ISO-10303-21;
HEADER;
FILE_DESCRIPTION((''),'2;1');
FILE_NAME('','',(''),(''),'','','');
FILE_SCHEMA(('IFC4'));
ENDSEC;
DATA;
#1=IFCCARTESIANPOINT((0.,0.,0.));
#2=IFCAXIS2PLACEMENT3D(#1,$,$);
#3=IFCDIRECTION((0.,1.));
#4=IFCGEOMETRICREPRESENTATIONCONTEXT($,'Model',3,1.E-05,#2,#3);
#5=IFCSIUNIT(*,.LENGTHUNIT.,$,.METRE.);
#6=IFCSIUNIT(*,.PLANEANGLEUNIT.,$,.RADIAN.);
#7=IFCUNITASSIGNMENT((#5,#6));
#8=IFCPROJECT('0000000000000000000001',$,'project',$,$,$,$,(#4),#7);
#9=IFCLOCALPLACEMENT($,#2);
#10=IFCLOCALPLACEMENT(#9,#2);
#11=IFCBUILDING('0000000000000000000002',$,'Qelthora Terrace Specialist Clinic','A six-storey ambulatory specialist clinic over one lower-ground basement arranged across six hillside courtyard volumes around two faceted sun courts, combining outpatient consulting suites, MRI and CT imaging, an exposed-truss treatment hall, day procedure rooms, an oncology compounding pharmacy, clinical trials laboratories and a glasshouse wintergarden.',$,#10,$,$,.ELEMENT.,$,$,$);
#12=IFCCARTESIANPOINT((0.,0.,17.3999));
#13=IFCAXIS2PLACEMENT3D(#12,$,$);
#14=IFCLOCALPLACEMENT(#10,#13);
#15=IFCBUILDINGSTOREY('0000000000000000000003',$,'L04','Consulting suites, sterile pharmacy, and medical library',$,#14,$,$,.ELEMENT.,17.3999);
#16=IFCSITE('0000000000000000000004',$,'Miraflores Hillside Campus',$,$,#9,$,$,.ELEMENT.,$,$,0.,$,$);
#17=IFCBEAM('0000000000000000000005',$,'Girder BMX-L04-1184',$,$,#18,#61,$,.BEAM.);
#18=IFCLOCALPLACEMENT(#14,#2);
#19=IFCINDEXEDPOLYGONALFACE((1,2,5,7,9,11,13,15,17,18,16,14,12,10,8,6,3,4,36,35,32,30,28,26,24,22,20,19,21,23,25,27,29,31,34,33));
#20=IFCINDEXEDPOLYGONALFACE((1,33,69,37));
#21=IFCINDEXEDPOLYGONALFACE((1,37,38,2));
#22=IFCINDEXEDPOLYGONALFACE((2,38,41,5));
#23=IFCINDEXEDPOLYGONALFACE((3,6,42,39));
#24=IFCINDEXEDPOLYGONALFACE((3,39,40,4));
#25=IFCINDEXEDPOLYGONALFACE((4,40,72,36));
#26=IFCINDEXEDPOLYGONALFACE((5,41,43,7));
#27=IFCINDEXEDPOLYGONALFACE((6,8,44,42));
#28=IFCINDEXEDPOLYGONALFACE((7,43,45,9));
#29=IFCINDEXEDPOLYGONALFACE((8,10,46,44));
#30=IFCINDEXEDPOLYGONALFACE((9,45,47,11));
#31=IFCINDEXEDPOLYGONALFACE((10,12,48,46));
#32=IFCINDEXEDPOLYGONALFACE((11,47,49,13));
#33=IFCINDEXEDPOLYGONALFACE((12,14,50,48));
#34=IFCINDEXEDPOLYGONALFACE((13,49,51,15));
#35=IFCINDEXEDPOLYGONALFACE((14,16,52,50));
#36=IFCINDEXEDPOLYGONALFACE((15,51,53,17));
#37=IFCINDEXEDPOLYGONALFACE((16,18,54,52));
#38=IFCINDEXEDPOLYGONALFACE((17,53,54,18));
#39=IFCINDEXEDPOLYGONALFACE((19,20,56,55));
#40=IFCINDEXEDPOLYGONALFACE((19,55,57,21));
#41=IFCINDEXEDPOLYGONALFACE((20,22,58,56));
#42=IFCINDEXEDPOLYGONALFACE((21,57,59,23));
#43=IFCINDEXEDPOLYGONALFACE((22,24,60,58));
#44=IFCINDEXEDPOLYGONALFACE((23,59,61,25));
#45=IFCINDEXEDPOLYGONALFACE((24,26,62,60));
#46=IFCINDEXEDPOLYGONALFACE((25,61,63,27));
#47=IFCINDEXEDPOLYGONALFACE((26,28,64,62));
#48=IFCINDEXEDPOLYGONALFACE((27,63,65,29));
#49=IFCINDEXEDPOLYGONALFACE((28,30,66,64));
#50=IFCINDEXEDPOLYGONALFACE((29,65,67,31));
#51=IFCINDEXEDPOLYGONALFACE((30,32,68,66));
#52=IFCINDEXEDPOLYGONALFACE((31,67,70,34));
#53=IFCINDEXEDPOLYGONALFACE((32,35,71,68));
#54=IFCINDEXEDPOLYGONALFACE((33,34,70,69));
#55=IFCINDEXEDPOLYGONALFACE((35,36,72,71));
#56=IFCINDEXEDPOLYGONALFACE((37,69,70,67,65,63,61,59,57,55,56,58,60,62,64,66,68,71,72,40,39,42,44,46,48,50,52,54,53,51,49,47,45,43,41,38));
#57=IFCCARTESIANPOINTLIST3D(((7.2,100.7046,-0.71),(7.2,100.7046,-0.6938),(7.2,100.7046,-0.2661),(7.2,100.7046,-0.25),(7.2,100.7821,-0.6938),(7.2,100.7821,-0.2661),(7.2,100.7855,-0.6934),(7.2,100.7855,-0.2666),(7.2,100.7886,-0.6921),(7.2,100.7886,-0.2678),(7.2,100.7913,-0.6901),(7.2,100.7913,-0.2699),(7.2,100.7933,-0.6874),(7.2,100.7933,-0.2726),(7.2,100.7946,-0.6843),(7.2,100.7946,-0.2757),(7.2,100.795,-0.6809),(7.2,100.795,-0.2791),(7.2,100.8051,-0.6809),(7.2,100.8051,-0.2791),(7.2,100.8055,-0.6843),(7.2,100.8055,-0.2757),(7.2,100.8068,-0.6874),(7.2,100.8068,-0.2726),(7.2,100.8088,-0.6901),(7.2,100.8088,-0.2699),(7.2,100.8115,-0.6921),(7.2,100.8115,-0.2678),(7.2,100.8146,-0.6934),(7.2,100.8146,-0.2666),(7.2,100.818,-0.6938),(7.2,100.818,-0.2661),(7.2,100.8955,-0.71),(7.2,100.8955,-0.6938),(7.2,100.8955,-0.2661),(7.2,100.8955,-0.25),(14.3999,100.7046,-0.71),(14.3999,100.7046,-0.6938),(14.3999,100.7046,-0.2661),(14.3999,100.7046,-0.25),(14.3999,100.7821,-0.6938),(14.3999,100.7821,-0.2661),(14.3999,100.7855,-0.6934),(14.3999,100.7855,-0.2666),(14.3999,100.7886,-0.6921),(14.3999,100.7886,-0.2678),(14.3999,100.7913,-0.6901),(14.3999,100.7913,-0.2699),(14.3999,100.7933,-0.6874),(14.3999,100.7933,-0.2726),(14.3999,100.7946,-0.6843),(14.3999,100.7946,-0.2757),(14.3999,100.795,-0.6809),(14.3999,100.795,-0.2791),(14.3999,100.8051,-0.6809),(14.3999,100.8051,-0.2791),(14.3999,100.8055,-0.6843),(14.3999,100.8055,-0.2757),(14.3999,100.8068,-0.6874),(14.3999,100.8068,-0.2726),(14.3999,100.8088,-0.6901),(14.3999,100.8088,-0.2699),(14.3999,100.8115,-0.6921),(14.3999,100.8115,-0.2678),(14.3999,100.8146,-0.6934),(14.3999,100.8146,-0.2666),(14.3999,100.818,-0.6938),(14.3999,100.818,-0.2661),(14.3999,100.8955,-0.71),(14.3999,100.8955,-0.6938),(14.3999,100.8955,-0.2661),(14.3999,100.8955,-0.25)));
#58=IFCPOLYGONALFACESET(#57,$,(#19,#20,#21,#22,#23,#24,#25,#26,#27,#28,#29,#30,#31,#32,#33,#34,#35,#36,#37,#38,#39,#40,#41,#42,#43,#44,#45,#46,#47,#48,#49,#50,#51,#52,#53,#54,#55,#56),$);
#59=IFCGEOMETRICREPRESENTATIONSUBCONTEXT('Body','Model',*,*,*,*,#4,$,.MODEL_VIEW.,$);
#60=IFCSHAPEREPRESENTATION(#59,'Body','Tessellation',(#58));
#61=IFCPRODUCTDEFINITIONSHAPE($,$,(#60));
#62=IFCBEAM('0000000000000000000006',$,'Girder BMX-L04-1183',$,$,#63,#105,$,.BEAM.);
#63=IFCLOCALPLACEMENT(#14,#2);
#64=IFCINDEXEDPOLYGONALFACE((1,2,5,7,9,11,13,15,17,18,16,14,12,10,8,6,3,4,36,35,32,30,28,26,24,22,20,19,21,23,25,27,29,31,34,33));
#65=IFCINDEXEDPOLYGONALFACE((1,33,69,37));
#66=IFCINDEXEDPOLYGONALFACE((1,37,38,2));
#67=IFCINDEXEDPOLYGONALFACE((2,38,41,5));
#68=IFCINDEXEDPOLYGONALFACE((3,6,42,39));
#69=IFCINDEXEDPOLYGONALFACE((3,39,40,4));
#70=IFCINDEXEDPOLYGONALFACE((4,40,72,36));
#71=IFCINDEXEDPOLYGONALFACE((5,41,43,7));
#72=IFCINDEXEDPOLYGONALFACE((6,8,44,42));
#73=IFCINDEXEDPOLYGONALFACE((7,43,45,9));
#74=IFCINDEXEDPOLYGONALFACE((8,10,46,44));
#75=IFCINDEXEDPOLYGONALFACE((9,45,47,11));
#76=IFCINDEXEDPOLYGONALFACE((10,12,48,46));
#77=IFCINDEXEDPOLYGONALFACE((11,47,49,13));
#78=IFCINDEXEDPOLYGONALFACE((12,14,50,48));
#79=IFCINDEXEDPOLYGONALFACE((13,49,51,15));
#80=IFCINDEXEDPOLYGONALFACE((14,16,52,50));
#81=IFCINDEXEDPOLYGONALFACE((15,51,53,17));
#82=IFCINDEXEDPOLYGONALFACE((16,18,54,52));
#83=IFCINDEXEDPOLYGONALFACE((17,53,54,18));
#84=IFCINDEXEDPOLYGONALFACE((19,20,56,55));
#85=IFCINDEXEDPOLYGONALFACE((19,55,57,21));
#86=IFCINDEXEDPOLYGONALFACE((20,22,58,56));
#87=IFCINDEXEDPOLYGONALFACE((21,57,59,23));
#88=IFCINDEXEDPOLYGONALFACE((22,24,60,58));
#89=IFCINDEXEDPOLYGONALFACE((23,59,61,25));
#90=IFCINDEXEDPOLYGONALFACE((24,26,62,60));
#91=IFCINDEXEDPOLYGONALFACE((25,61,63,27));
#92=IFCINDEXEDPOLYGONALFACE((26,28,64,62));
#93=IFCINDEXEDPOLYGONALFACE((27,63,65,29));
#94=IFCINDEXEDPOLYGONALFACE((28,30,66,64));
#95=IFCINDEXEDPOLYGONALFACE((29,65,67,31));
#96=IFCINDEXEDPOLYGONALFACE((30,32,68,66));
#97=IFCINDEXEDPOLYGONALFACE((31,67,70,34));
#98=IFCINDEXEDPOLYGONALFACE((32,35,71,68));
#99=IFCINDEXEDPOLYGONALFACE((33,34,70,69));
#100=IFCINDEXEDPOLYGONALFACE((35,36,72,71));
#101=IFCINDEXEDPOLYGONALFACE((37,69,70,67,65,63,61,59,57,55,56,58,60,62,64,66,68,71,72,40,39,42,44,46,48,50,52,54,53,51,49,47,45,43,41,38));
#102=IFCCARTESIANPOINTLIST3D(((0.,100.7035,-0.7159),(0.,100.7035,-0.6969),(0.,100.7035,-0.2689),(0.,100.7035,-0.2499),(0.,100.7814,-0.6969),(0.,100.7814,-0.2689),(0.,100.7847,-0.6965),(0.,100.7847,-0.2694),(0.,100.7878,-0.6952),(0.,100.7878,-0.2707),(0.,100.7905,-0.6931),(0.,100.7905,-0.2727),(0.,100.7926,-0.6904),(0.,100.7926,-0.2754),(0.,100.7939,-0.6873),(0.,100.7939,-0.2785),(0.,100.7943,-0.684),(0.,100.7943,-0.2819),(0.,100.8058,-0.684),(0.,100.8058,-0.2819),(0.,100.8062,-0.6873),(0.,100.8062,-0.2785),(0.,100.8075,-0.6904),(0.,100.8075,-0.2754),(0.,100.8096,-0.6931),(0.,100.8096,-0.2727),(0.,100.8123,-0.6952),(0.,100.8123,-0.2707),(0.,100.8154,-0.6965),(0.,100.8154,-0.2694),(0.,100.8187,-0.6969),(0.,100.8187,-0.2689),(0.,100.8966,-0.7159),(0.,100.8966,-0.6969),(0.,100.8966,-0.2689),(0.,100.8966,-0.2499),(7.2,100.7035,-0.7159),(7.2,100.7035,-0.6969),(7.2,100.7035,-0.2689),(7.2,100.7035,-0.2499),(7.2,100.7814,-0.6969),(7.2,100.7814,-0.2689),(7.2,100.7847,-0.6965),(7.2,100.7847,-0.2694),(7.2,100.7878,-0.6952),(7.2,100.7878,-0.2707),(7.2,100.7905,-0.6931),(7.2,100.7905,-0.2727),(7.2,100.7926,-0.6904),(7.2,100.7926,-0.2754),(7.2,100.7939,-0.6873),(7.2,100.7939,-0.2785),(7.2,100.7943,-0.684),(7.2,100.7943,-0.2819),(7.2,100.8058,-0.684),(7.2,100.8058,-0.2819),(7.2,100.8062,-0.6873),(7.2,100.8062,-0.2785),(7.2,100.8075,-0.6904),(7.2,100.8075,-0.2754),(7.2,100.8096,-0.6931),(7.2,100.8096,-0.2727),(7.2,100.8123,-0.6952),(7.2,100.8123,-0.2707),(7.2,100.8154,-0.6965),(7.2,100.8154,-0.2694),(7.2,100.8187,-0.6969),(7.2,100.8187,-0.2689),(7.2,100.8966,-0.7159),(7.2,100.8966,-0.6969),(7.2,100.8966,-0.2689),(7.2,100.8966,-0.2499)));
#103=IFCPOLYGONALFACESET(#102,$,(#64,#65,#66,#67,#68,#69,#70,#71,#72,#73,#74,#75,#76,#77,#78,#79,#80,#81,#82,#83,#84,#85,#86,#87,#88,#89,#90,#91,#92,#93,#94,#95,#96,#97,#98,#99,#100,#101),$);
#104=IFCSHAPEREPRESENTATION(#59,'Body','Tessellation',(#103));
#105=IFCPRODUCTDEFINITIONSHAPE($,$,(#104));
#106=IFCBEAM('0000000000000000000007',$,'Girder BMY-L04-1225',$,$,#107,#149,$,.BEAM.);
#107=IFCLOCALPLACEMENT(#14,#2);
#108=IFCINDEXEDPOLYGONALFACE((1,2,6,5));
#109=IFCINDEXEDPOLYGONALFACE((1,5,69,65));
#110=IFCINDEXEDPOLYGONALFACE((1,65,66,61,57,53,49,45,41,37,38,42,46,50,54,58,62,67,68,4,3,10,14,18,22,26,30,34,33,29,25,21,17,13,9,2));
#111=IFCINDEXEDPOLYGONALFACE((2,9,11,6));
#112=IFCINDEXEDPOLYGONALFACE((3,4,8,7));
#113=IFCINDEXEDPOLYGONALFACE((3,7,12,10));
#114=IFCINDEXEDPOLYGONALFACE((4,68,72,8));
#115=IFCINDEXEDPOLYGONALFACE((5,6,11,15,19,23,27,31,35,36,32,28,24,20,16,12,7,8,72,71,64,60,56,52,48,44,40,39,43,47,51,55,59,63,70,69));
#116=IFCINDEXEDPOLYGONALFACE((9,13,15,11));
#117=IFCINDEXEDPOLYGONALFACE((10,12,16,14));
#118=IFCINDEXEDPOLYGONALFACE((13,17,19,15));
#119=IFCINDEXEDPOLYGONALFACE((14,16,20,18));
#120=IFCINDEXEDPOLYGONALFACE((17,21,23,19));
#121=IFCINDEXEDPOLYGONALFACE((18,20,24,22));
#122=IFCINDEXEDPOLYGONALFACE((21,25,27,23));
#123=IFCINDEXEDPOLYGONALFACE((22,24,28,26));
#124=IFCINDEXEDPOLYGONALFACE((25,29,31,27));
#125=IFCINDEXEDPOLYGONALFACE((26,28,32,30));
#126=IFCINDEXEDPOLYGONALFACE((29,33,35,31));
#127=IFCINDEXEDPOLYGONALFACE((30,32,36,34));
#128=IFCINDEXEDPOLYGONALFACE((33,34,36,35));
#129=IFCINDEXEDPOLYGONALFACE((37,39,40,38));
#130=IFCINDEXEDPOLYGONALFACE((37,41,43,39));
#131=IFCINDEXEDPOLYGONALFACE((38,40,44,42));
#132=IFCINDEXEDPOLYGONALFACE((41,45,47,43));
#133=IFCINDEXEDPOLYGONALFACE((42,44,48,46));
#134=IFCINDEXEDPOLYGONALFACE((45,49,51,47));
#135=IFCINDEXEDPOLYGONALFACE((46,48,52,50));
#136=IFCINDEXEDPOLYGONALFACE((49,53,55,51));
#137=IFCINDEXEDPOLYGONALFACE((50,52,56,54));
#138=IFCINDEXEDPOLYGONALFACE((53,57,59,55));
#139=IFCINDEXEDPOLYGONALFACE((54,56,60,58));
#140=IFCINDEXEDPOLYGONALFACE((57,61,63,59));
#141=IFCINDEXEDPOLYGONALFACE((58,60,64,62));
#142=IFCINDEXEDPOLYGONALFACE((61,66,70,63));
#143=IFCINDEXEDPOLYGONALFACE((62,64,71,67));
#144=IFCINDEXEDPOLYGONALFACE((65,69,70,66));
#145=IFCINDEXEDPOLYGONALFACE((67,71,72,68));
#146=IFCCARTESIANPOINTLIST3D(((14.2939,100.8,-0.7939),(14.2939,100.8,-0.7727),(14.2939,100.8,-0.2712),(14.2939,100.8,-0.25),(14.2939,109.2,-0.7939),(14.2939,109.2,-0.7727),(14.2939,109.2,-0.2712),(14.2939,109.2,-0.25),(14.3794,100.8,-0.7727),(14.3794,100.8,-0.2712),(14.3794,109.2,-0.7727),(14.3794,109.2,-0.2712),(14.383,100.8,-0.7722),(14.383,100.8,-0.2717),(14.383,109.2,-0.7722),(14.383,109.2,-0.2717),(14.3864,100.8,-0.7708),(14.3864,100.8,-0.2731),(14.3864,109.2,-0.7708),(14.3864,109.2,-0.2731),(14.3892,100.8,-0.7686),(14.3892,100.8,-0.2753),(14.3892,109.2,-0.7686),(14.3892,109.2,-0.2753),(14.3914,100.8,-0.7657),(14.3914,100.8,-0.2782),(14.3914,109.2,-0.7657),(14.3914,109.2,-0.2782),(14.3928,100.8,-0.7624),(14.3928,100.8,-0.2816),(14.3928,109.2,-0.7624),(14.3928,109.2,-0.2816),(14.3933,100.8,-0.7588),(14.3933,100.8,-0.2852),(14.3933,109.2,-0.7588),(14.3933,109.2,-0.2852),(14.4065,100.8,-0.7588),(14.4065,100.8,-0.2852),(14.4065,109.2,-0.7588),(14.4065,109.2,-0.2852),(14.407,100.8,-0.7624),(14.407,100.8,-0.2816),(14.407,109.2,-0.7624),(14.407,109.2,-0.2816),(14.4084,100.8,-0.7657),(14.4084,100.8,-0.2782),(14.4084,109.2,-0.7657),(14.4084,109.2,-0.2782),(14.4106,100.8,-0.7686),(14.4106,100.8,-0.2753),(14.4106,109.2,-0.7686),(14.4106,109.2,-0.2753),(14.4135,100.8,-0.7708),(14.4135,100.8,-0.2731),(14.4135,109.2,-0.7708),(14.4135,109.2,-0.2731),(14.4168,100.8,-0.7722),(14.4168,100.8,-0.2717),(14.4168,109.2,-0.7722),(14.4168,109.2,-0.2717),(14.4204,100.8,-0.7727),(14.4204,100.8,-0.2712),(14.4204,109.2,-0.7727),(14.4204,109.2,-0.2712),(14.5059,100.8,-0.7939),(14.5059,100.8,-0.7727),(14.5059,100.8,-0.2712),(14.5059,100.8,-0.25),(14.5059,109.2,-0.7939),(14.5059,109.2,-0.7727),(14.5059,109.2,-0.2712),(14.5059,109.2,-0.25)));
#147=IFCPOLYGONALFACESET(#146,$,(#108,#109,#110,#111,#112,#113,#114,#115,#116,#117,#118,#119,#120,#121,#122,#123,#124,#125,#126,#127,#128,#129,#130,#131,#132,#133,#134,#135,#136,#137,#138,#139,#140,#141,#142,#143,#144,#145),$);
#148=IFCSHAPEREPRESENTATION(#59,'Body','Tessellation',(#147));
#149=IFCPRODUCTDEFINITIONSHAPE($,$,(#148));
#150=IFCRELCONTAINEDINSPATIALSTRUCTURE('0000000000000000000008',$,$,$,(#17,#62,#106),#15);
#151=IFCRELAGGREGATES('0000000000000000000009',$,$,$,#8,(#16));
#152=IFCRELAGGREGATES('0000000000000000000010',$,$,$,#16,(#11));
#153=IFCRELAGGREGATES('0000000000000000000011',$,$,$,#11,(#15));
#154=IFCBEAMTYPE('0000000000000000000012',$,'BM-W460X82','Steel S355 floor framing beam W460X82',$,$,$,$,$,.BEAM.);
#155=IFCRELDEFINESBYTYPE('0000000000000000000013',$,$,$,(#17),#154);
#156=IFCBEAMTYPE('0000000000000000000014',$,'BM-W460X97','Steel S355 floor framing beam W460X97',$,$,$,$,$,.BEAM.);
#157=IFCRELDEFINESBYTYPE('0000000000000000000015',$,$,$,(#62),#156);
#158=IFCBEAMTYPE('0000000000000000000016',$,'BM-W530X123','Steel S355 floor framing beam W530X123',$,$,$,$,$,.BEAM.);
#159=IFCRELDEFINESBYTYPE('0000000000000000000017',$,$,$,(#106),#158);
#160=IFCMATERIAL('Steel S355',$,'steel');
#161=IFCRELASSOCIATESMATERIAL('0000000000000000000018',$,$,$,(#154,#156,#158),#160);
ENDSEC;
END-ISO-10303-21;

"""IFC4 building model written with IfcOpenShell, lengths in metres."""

from ifc_helpers import new_model, si_unit, direction, frame, origin, origin_2d, place, context, subcontext, project, spatial, i_section, extrude, material, material_profile, profile_set, type_object, element, save


model = new_model("IFC4")

# Units and contexts
model_context = context("Model", 3, precision=1e-05, world=origin(), true_north=direction((0.0, 1.0)))
body_context = subcontext(model_context, "Body", "Model", "MODEL_VIEW")
ifc_project = project(units=[si_unit("LENGTHUNIT", "METRE"), si_unit("PLANEANGLEUNIT", "RADIAN")], contexts=[model_context])

# Site, building, storey
site_placement = place(None, origin())
site = spatial("IfcSite", under=ifc_project, at=site_placement, Name="Miraflores Hillside Campus", CompositionType="ELEMENT", RefElevation=0.0)
building_placement = place(site_placement, origin())
building = spatial("IfcBuilding", under=site, at=building_placement, Name="Qelthora Terrace Specialist Clinic", Description="A six-storey ambulatory specialist clinic over one lower-ground basement arranged across six hillside courtyard volumes around two faceted sun courts, combining outpatient consulting suites, MRI and CT imaging, an exposed-truss treatment hall, day procedure rooms, an oncology compounding pharmacy, clinical trials laboratories and a glasshouse wintergarden.", CompositionType="ELEMENT")
storey_placement = place(building_placement, frame((0.0, 0.0, 17.3999)))
storey = spatial("IfcBuildingStorey", under=building, at=storey_placement, Name="L04", Description="Consulting suites, sterile pharmacy, and medical library", CompositionType="ELEMENT", Elevation=17.3999)

# Shared definitions
ifc_material_1 = material(Name="Steel S355", Category="steel")

# Beams
ifc_material_profile_1 = material_profile(ifc_material_1, i_section(OverallWidth=0.1909, OverallDepth=0.46, WebThickness=0.01, FlangeThickness=0.0161, FilletRadius=0.0129, at=origin_2d()), Name="W460X82")
ifc_profile_set_1 = profile_set([ifc_material_profile_1], Name="Steel S355")
beam_type_1 = type_object("IfcBeamType", Name="BM-W460X82", Description="Steel S355 floor framing beam W460X82", PredefinedType="BEAM", material=ifc_profile_set_1)
beam_1_placement = place(storey_placement, frame((7.2, 100.8, -0.48), z_axis=(1.0, 0.0, 0.0), x_axis=(0.0, 1.0, 0.0)))
element("IfcBeam", 1, at=beam_1_placement, inside=storey, type_object=beam_type_1, Name="Girder BMX-L04-1184", PredefinedType="BEAM", context=body_context, shape_type="SweptSolid", body=[
    extrude(i_section(OverallWidth=0.1909, OverallDepth=0.46, WebThickness=0.01, FlangeThickness=0.0161, FilletRadius=0.0129, at=origin_2d()), origin(), (0.0, 0.0, 1.0), 7.2),
])
ifc_material_profile_2 = material_profile(ifc_material_1, i_section(OverallWidth=0.1931, OverallDepth=0.4661, WebThickness=0.0115, FlangeThickness=0.019, FilletRadius=0.0129, at=origin_2d()), Name="W460X97")
ifc_profile_set_2 = profile_set([ifc_material_profile_2], Name="Steel S355")
beam_type_2 = type_object("IfcBeamType", Name="BM-W460X97", Description="Steel S355 floor framing beam W460X97", PredefinedType="BEAM", material=ifc_profile_set_2)
beam_2_placement = place(storey_placement, frame((0.0, 100.8, -0.4829), z_axis=(1.0, 0.0, 0.0), x_axis=(0.0, 1.0, 0.0)))
element("IfcBeam", 2, at=beam_2_placement, inside=storey, type_object=beam_type_2, Name="Girder BMX-L04-1183", PredefinedType="BEAM", context=body_context, shape_type="SweptSolid", body=[
    extrude(i_section(OverallWidth=0.1931, OverallDepth=0.4661, WebThickness=0.0115, FlangeThickness=0.019, FilletRadius=0.0129, at=origin_2d()), origin(), (0.0, 0.0, 1.0), 7.2),
])
ifc_material_profile_3 = material_profile(ifc_material_1, i_section(OverallWidth=0.2119, OverallDepth=0.5439, WebThickness=0.0132, FlangeThickness=0.0212, FilletRadius=0.0139, at=origin_2d()), Name="W530X123")
ifc_profile_set_3 = profile_set([ifc_material_profile_3], Name="Steel S355")
beam_type_3 = type_object("IfcBeamType", Name="BM-W530X123", Description="Steel S355 floor framing beam W530X123", PredefinedType="BEAM", material=ifc_profile_set_3)
beam_3_placement = place(storey_placement, frame((14.3999, 100.8, -0.522), z_axis=(0.0, 1.0, 0.0), x_axis=(-1.0, 0.0, 0.0)))
element("IfcBeam", 3, at=beam_3_placement, inside=storey, type_object=beam_type_3, Name="Girder BMY-L04-1225", PredefinedType="BEAM", context=body_context, shape_type="SweptSolid", body=[
    extrude(i_section(OverallWidth=0.2119, OverallDepth=0.5439, WebThickness=0.0132, FlangeThickness=0.0212, FilletRadius=0.0139, at=origin_2d()), origin(), (0.0, 0.0, 1.0), 8.3999),
])

save(model, "model.ifc")
